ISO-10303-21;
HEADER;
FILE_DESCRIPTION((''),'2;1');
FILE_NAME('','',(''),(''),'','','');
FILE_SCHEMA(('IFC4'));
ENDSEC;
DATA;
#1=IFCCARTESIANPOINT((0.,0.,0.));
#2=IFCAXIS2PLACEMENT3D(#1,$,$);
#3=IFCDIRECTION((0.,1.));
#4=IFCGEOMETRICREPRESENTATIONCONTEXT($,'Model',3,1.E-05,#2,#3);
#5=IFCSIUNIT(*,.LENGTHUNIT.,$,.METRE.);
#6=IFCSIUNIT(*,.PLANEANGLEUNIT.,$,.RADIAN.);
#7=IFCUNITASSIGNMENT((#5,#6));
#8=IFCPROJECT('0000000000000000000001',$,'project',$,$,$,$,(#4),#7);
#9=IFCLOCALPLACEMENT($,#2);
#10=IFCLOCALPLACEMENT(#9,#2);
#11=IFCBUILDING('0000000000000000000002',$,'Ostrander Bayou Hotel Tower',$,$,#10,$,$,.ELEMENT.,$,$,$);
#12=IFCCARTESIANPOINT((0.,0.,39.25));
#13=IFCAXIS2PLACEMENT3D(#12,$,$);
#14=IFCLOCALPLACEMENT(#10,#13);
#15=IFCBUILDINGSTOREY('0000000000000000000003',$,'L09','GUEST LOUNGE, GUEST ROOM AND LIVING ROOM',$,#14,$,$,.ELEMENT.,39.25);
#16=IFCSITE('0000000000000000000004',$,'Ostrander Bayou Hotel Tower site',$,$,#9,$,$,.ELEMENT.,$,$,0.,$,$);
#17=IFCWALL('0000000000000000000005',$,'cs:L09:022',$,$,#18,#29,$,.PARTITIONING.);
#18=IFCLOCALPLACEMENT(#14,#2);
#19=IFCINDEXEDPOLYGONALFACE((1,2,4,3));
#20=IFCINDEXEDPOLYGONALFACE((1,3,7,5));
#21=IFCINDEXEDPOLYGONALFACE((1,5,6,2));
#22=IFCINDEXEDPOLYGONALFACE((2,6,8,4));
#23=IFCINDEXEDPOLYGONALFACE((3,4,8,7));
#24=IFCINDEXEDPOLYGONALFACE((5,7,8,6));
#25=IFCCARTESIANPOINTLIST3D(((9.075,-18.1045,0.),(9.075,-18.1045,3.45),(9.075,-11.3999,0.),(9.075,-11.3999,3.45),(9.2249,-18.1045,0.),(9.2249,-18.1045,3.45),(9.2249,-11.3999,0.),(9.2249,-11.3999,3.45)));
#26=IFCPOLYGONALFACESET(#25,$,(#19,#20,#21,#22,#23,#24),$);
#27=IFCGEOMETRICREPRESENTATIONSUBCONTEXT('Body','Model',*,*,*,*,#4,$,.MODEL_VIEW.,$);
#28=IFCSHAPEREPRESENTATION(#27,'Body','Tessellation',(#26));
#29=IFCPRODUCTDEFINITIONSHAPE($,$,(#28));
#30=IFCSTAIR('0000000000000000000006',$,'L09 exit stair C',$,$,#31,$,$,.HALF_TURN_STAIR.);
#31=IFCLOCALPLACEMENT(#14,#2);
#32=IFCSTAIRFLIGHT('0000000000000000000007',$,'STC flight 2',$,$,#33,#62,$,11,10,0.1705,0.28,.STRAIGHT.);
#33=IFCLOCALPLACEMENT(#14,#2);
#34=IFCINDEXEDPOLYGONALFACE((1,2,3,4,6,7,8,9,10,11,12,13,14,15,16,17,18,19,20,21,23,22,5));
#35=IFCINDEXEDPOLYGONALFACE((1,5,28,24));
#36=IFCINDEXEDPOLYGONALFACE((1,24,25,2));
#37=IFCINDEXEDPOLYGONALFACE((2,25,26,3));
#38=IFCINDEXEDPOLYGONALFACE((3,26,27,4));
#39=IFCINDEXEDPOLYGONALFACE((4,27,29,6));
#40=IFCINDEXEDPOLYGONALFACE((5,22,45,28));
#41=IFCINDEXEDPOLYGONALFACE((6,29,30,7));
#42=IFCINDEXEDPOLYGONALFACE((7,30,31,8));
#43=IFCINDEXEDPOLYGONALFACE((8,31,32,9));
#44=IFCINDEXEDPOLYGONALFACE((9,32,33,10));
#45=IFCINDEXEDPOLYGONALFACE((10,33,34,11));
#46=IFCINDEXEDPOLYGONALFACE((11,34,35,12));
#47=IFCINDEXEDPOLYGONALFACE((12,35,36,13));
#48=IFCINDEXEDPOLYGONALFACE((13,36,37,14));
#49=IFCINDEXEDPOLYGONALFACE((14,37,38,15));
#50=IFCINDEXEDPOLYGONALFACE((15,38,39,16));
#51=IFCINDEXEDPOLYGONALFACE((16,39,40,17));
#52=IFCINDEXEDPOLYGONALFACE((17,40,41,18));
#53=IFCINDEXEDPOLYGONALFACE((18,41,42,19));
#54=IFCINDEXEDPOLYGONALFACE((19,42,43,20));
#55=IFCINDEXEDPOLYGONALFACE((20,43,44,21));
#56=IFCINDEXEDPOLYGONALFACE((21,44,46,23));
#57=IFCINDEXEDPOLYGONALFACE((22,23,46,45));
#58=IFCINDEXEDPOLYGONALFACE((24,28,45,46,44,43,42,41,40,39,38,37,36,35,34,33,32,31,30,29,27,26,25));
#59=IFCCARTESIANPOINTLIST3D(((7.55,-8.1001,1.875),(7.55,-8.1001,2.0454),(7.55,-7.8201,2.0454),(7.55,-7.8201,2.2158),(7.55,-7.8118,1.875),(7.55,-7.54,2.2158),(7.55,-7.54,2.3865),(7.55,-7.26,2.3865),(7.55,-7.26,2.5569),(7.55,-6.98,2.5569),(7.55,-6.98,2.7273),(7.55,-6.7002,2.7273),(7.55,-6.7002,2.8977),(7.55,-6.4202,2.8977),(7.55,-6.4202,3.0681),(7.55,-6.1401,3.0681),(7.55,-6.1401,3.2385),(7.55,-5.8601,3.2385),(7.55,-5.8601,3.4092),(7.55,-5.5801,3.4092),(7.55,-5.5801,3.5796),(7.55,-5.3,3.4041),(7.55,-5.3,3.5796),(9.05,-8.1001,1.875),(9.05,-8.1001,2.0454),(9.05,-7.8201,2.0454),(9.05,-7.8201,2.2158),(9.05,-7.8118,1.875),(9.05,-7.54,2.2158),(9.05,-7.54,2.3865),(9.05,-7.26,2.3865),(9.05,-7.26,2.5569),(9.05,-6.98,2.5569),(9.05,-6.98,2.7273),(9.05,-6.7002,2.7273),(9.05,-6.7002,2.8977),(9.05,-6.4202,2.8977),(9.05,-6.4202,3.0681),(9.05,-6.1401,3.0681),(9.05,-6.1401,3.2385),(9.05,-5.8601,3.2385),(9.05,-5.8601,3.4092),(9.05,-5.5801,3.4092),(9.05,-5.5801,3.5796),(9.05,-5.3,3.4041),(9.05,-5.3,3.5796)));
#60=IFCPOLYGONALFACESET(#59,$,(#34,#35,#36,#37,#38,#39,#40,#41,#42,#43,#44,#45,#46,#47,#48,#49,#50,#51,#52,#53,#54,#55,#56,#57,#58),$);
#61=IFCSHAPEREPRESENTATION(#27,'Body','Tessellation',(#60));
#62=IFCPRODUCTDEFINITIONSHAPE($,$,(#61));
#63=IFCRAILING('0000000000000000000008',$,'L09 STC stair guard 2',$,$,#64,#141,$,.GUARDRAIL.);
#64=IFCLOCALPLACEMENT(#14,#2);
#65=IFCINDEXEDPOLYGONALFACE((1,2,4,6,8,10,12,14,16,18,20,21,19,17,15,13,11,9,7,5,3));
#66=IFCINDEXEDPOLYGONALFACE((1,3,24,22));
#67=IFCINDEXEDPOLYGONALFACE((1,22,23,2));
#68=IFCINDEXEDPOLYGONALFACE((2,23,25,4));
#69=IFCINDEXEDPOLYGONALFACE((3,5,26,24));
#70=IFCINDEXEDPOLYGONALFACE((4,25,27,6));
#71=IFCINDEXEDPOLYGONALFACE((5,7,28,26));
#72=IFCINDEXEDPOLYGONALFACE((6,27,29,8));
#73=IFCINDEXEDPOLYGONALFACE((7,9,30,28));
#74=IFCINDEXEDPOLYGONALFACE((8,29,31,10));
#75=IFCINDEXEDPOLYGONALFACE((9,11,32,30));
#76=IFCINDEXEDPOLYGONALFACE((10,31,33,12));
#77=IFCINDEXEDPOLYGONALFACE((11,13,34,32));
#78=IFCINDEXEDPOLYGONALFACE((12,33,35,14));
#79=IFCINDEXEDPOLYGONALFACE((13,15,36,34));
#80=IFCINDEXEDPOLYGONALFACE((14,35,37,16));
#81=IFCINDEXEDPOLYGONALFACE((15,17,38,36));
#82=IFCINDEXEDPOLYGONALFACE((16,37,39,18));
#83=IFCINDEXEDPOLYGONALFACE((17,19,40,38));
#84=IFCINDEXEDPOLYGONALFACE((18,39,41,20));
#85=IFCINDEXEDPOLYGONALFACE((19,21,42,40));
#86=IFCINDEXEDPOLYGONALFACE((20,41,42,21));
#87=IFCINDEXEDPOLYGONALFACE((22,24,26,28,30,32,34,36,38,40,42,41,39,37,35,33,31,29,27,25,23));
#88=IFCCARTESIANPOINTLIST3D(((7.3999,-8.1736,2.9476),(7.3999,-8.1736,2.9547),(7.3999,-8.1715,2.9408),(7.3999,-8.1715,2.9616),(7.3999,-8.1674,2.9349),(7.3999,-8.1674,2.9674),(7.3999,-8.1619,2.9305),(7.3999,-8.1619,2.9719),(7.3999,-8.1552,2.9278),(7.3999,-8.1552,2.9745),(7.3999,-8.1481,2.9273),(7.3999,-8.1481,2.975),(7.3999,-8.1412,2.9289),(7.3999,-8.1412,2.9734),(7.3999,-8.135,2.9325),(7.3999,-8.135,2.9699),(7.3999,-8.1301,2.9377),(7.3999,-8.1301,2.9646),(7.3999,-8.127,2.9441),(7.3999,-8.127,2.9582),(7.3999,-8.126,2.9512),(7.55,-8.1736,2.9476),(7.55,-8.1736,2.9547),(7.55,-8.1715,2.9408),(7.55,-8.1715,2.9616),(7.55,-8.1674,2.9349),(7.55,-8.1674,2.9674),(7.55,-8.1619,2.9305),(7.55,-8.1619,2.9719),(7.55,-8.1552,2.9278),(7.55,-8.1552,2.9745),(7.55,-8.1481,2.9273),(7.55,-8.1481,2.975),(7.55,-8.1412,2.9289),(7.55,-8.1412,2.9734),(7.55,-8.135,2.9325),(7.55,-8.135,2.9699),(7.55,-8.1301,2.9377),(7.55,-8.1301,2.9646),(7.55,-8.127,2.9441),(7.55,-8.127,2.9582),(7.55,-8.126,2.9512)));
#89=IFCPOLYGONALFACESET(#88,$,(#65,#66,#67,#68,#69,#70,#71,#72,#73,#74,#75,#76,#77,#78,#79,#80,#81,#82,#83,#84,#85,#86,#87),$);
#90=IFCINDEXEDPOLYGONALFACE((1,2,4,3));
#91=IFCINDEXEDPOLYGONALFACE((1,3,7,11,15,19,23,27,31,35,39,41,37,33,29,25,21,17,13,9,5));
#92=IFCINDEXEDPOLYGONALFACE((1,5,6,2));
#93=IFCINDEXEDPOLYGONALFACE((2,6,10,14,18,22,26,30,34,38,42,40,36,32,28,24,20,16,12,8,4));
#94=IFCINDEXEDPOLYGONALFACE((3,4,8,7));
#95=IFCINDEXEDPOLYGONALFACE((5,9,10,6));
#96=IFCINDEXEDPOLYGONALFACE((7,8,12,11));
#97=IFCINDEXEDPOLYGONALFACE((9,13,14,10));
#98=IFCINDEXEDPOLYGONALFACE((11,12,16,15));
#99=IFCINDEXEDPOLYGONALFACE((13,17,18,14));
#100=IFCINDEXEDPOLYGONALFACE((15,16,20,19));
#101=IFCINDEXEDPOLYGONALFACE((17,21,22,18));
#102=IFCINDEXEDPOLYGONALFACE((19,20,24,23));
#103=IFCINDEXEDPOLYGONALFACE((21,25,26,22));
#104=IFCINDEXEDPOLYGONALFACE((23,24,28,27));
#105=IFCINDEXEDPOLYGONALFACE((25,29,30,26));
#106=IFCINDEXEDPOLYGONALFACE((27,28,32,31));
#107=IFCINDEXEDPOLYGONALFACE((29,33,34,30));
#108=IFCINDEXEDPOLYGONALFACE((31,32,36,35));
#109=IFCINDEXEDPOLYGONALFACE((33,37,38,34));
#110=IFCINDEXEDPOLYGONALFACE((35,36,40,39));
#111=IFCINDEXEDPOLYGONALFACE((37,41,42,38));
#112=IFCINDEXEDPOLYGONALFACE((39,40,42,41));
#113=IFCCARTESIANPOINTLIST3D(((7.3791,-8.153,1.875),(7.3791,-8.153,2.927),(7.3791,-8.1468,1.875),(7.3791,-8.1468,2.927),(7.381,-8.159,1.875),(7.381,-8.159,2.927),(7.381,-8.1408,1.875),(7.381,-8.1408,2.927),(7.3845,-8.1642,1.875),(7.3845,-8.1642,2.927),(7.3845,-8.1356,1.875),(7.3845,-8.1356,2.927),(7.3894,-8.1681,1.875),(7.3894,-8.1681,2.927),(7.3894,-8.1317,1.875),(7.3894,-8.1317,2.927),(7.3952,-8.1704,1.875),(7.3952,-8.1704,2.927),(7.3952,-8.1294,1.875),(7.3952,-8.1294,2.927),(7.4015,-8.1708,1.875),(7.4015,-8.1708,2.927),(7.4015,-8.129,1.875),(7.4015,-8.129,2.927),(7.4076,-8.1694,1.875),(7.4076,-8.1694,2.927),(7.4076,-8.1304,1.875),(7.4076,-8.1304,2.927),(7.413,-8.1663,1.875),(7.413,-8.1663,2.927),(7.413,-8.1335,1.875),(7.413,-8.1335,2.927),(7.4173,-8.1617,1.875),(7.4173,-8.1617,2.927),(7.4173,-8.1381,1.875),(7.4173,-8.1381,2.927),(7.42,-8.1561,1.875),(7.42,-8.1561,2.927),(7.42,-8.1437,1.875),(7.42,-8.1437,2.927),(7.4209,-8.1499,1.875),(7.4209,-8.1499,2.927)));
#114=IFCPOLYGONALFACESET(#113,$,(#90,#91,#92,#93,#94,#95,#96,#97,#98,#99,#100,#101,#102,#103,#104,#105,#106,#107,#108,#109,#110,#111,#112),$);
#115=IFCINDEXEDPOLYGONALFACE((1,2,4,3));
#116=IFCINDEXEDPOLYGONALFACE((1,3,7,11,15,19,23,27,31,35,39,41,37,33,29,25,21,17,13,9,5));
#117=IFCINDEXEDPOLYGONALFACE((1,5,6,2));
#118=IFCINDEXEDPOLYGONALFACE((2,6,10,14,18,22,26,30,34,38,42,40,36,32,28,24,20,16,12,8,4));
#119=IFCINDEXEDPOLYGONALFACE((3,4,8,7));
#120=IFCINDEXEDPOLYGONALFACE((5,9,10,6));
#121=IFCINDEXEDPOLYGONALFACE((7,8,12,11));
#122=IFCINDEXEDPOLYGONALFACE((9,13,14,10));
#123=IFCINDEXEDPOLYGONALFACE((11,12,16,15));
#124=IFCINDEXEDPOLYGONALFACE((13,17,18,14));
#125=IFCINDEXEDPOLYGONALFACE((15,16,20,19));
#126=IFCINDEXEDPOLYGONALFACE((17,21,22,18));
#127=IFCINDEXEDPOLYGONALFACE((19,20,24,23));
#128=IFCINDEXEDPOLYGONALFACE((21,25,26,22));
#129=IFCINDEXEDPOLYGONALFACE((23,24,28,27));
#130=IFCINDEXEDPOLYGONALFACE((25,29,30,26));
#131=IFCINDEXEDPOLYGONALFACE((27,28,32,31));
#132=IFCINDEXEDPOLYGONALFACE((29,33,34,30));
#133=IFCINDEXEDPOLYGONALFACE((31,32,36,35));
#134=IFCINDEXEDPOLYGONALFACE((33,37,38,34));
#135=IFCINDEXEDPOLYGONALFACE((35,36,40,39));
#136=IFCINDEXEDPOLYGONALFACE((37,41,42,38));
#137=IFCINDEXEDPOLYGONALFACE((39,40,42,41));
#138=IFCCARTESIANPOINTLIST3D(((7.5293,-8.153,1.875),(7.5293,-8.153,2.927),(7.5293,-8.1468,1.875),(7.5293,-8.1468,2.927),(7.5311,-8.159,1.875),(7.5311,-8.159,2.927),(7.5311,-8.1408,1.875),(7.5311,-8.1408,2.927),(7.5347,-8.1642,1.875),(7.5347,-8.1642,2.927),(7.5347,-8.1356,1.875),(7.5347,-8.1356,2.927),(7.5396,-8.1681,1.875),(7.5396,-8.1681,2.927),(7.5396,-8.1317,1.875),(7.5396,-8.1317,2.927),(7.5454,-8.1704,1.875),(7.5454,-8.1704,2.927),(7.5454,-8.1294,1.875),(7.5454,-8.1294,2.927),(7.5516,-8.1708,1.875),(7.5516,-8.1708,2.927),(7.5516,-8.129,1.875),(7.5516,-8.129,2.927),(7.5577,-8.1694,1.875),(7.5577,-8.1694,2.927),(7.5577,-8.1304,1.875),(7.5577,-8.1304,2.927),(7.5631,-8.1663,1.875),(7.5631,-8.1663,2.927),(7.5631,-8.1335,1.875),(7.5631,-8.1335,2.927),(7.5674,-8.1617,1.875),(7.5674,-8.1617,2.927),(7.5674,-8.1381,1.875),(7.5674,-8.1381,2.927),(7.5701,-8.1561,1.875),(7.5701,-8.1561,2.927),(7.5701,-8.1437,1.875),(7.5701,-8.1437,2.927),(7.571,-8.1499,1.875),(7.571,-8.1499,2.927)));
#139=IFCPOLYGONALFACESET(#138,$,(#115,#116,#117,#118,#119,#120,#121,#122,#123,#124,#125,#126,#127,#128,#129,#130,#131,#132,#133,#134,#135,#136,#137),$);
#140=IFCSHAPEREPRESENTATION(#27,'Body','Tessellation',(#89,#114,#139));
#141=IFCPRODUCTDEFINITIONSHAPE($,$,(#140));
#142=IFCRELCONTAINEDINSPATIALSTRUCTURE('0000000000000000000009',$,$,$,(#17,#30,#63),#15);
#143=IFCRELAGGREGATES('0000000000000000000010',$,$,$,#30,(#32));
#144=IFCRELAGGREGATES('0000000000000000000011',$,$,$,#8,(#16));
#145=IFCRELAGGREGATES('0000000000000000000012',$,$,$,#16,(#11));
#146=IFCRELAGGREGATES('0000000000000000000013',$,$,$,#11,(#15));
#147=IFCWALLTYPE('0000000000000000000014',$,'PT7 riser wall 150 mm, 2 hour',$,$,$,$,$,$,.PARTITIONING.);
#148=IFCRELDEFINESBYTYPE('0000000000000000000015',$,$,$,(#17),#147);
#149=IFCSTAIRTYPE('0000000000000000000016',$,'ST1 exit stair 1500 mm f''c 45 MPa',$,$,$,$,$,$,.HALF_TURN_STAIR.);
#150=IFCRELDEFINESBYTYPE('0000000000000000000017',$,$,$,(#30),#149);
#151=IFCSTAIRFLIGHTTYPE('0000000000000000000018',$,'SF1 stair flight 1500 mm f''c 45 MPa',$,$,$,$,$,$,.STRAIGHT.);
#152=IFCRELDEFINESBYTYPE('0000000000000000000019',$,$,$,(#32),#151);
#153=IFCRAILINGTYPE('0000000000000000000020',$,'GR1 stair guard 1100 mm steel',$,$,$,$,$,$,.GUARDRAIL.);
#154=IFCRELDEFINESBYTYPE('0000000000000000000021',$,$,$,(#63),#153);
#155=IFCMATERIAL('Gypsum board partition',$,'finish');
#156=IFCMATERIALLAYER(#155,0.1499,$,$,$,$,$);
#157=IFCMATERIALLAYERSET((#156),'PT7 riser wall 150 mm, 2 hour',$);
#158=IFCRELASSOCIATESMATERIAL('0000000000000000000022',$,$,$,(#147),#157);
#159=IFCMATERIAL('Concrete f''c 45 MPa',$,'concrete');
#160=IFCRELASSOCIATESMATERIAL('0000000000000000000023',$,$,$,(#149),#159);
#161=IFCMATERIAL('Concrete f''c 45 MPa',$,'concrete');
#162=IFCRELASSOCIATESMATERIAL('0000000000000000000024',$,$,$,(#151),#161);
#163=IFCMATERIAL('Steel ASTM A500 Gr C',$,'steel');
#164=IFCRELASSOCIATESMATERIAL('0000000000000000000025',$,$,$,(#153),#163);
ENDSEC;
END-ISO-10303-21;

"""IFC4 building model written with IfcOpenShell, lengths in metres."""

from ifc_helpers import new_model, si_unit, direction, frame, frame_2d, origin, origin_2d, place, context, subcontext, project, spatial, polyline, rectangle, circle, outline, extrude, material, layer, layer_set, type_object, element, aggregate, save


model = new_model("IFC4")

# Units and contexts
model_context = context("Model", 3, precision=1e-05, world=origin(), true_north=direction((0.0, 1.0)))
body_context = subcontext(model_context, "Body", "Model", "MODEL_VIEW")
ifc_project = project(units=[si_unit("LENGTHUNIT", "METRE"), si_unit("PLANEANGLEUNIT", "RADIAN")], contexts=[model_context])

# Site, building, storey
site_placement = place(None, origin())
site = spatial("IfcSite", under=ifc_project, at=site_placement, Name="Ostrander Bayou Hotel Tower site", CompositionType="ELEMENT", RefElevation=0.0)
building_placement = place(site_placement, origin())
building = spatial("IfcBuilding", under=site, at=building_placement, Name="Ostrander Bayou Hotel Tower", CompositionType="ELEMENT")
storey_placement = place(building_placement, frame((0.0, 0.0, 39.25)))
storey = spatial("IfcBuildingStorey", under=building, at=storey_placement, Name="L09", Description="GUEST LOUNGE, GUEST ROOM AND LIVING ROOM", CompositionType="ELEMENT", Elevation=39.25)

# Wall
ifc_material_1 = material(Name="Gypsum board partition", Category="finish")
ifc_layer_1 = layer(ifc_material_1, 0.1499)
ifc_layer_set_1 = layer_set([ifc_layer_1], Name="PT7 riser wall 150 mm, 2 hour")
wall_type_1 = type_object("IfcWallType", Name="PT7 riser wall 150 mm, 2 hour", PredefinedType="PARTITIONING", material=ifc_layer_set_1)
wall_1_placement = place(storey_placement, frame((9.1499, -11.3999, 0.0), z_axis=(0.0, 0.0, 1.0), x_axis=(0.0, -1.0, 0.0)))
element("IfcWall", 1, at=wall_1_placement, inside=storey, type_object=wall_type_1, Name="cs:L09:022", PredefinedType="PARTITIONING", context=body_context, shape_type="SweptSolid", body=[
    extrude(rectangle(XDim=6.7046, YDim=0.1499, at=frame_2d((3.3523, 0.0))), origin(), (0.0, 0.0, 1.0), 3.45),
])

# Stair, stair flight
ifc_material_2 = material(Name="Concrete f'c 45 MPa", Category="concrete")
stair_type = type_object("IfcStairType", Name="ST1 exit stair 1500 mm f'c 45 MPa", PredefinedType="HALF_TURN_STAIR", material=ifc_material_2)
stair_placement = place(storey_placement, origin())
stair = element("IfcStair", 2, at=stair_placement, inside=storey, type_object=stair_type, Name="L09 exit stair C", PredefinedType="HALF_TURN_STAIR")
ifc_material_3 = material(Name="Concrete f'c 45 MPa", Category="concrete")
stair_flight_type = type_object("IfcStairFlightType", Name="SF1 stair flight 1500 mm f'c 45 MPa", PredefinedType="STRAIGHT", material=ifc_material_3)
stair_flight_placement = place(storey_placement, frame((8.3, -8.1001, 1.875), z_axis=(0.0, 0.0, 1.0), x_axis=(0.0, 1.0, 0.0)))
stair_flight = element("IfcStairFlight", 3, at=stair_flight_placement, type_object=stair_flight_type, Name="STC flight 2", NumberOfRisers=11, NumberOfTreads=10, PredefinedType="STRAIGHT", RiserHeight=0.1705, TreadLength=0.28, context=body_context, shape_type="SweptSolid", body=[
    extrude(outline(polyline([(0.0, 0.0), (0.0, 0.1704), (0.28, 0.1704), (0.28, 0.3408), (0.5601, 0.3408), (0.5601, 0.5115), (0.8401, 0.5115), (0.8401, 0.6819), (1.1201, 0.6819), (1.1201, 0.8523), (1.3999, 0.8523), (1.3999, 1.0227), (1.6799, 1.0227), (1.6799, 1.1931), (1.96, 1.1931), (1.96, 1.3635), (2.24, 1.3635), (2.24, 1.5342), (2.52, 1.5342), (2.52, 1.7046), (2.8, 1.7046), (2.8, 1.875), (2.8, 1.5291), (0.2883, 0.0), (0.0, 0.0)])), frame((0.0, 0.75, 0.0), z_axis=(0.0, -1.0, 0.0), x_axis=(1.0, 0.0, 0.0)), (0.0, 0.0, 1.0), 1.5),
])
aggregate(stair, [stair_flight])

# Railing
ifc_material_4 = material(Name="Steel ASTM A500 Gr C", Category="steel")
railing_type = type_object("IfcRailingType", Name="GR1 stair guard 1100 mm steel", PredefinedType="GUARDRAIL", material=ifc_material_4)
railing_1_placement = place(storey_placement, frame((7.3999, -8.1499, 1.875)))
element("IfcRailing", 4, at=railing_1_placement, inside=storey, type_object=railing_type, Name="L09 STC stair guard 2", PredefinedType="GUARDRAIL", context=body_context, shape_type="SweptSolid", body=[
    extrude(circle(Radius=0.0239, at=origin_2d()), frame((0.0, 0.0, 1.0762), z_axis=(1.0, 0.0, 0.0), x_axis=(0.0, 1.0, 0.0)), (0.0, 0.0, 1.0), 0.1501),
    extrude(circle(Radius=0.021, at=origin_2d()), origin(), (0.0, 0.0, 1.0), 1.052),
    extrude(circle(Radius=0.021, at=origin_2d()), frame((0.1501, 0.0, 0.0)), (0.0, 0.0, 1.0), 1.052),
])

save(model, "model.ifc")
